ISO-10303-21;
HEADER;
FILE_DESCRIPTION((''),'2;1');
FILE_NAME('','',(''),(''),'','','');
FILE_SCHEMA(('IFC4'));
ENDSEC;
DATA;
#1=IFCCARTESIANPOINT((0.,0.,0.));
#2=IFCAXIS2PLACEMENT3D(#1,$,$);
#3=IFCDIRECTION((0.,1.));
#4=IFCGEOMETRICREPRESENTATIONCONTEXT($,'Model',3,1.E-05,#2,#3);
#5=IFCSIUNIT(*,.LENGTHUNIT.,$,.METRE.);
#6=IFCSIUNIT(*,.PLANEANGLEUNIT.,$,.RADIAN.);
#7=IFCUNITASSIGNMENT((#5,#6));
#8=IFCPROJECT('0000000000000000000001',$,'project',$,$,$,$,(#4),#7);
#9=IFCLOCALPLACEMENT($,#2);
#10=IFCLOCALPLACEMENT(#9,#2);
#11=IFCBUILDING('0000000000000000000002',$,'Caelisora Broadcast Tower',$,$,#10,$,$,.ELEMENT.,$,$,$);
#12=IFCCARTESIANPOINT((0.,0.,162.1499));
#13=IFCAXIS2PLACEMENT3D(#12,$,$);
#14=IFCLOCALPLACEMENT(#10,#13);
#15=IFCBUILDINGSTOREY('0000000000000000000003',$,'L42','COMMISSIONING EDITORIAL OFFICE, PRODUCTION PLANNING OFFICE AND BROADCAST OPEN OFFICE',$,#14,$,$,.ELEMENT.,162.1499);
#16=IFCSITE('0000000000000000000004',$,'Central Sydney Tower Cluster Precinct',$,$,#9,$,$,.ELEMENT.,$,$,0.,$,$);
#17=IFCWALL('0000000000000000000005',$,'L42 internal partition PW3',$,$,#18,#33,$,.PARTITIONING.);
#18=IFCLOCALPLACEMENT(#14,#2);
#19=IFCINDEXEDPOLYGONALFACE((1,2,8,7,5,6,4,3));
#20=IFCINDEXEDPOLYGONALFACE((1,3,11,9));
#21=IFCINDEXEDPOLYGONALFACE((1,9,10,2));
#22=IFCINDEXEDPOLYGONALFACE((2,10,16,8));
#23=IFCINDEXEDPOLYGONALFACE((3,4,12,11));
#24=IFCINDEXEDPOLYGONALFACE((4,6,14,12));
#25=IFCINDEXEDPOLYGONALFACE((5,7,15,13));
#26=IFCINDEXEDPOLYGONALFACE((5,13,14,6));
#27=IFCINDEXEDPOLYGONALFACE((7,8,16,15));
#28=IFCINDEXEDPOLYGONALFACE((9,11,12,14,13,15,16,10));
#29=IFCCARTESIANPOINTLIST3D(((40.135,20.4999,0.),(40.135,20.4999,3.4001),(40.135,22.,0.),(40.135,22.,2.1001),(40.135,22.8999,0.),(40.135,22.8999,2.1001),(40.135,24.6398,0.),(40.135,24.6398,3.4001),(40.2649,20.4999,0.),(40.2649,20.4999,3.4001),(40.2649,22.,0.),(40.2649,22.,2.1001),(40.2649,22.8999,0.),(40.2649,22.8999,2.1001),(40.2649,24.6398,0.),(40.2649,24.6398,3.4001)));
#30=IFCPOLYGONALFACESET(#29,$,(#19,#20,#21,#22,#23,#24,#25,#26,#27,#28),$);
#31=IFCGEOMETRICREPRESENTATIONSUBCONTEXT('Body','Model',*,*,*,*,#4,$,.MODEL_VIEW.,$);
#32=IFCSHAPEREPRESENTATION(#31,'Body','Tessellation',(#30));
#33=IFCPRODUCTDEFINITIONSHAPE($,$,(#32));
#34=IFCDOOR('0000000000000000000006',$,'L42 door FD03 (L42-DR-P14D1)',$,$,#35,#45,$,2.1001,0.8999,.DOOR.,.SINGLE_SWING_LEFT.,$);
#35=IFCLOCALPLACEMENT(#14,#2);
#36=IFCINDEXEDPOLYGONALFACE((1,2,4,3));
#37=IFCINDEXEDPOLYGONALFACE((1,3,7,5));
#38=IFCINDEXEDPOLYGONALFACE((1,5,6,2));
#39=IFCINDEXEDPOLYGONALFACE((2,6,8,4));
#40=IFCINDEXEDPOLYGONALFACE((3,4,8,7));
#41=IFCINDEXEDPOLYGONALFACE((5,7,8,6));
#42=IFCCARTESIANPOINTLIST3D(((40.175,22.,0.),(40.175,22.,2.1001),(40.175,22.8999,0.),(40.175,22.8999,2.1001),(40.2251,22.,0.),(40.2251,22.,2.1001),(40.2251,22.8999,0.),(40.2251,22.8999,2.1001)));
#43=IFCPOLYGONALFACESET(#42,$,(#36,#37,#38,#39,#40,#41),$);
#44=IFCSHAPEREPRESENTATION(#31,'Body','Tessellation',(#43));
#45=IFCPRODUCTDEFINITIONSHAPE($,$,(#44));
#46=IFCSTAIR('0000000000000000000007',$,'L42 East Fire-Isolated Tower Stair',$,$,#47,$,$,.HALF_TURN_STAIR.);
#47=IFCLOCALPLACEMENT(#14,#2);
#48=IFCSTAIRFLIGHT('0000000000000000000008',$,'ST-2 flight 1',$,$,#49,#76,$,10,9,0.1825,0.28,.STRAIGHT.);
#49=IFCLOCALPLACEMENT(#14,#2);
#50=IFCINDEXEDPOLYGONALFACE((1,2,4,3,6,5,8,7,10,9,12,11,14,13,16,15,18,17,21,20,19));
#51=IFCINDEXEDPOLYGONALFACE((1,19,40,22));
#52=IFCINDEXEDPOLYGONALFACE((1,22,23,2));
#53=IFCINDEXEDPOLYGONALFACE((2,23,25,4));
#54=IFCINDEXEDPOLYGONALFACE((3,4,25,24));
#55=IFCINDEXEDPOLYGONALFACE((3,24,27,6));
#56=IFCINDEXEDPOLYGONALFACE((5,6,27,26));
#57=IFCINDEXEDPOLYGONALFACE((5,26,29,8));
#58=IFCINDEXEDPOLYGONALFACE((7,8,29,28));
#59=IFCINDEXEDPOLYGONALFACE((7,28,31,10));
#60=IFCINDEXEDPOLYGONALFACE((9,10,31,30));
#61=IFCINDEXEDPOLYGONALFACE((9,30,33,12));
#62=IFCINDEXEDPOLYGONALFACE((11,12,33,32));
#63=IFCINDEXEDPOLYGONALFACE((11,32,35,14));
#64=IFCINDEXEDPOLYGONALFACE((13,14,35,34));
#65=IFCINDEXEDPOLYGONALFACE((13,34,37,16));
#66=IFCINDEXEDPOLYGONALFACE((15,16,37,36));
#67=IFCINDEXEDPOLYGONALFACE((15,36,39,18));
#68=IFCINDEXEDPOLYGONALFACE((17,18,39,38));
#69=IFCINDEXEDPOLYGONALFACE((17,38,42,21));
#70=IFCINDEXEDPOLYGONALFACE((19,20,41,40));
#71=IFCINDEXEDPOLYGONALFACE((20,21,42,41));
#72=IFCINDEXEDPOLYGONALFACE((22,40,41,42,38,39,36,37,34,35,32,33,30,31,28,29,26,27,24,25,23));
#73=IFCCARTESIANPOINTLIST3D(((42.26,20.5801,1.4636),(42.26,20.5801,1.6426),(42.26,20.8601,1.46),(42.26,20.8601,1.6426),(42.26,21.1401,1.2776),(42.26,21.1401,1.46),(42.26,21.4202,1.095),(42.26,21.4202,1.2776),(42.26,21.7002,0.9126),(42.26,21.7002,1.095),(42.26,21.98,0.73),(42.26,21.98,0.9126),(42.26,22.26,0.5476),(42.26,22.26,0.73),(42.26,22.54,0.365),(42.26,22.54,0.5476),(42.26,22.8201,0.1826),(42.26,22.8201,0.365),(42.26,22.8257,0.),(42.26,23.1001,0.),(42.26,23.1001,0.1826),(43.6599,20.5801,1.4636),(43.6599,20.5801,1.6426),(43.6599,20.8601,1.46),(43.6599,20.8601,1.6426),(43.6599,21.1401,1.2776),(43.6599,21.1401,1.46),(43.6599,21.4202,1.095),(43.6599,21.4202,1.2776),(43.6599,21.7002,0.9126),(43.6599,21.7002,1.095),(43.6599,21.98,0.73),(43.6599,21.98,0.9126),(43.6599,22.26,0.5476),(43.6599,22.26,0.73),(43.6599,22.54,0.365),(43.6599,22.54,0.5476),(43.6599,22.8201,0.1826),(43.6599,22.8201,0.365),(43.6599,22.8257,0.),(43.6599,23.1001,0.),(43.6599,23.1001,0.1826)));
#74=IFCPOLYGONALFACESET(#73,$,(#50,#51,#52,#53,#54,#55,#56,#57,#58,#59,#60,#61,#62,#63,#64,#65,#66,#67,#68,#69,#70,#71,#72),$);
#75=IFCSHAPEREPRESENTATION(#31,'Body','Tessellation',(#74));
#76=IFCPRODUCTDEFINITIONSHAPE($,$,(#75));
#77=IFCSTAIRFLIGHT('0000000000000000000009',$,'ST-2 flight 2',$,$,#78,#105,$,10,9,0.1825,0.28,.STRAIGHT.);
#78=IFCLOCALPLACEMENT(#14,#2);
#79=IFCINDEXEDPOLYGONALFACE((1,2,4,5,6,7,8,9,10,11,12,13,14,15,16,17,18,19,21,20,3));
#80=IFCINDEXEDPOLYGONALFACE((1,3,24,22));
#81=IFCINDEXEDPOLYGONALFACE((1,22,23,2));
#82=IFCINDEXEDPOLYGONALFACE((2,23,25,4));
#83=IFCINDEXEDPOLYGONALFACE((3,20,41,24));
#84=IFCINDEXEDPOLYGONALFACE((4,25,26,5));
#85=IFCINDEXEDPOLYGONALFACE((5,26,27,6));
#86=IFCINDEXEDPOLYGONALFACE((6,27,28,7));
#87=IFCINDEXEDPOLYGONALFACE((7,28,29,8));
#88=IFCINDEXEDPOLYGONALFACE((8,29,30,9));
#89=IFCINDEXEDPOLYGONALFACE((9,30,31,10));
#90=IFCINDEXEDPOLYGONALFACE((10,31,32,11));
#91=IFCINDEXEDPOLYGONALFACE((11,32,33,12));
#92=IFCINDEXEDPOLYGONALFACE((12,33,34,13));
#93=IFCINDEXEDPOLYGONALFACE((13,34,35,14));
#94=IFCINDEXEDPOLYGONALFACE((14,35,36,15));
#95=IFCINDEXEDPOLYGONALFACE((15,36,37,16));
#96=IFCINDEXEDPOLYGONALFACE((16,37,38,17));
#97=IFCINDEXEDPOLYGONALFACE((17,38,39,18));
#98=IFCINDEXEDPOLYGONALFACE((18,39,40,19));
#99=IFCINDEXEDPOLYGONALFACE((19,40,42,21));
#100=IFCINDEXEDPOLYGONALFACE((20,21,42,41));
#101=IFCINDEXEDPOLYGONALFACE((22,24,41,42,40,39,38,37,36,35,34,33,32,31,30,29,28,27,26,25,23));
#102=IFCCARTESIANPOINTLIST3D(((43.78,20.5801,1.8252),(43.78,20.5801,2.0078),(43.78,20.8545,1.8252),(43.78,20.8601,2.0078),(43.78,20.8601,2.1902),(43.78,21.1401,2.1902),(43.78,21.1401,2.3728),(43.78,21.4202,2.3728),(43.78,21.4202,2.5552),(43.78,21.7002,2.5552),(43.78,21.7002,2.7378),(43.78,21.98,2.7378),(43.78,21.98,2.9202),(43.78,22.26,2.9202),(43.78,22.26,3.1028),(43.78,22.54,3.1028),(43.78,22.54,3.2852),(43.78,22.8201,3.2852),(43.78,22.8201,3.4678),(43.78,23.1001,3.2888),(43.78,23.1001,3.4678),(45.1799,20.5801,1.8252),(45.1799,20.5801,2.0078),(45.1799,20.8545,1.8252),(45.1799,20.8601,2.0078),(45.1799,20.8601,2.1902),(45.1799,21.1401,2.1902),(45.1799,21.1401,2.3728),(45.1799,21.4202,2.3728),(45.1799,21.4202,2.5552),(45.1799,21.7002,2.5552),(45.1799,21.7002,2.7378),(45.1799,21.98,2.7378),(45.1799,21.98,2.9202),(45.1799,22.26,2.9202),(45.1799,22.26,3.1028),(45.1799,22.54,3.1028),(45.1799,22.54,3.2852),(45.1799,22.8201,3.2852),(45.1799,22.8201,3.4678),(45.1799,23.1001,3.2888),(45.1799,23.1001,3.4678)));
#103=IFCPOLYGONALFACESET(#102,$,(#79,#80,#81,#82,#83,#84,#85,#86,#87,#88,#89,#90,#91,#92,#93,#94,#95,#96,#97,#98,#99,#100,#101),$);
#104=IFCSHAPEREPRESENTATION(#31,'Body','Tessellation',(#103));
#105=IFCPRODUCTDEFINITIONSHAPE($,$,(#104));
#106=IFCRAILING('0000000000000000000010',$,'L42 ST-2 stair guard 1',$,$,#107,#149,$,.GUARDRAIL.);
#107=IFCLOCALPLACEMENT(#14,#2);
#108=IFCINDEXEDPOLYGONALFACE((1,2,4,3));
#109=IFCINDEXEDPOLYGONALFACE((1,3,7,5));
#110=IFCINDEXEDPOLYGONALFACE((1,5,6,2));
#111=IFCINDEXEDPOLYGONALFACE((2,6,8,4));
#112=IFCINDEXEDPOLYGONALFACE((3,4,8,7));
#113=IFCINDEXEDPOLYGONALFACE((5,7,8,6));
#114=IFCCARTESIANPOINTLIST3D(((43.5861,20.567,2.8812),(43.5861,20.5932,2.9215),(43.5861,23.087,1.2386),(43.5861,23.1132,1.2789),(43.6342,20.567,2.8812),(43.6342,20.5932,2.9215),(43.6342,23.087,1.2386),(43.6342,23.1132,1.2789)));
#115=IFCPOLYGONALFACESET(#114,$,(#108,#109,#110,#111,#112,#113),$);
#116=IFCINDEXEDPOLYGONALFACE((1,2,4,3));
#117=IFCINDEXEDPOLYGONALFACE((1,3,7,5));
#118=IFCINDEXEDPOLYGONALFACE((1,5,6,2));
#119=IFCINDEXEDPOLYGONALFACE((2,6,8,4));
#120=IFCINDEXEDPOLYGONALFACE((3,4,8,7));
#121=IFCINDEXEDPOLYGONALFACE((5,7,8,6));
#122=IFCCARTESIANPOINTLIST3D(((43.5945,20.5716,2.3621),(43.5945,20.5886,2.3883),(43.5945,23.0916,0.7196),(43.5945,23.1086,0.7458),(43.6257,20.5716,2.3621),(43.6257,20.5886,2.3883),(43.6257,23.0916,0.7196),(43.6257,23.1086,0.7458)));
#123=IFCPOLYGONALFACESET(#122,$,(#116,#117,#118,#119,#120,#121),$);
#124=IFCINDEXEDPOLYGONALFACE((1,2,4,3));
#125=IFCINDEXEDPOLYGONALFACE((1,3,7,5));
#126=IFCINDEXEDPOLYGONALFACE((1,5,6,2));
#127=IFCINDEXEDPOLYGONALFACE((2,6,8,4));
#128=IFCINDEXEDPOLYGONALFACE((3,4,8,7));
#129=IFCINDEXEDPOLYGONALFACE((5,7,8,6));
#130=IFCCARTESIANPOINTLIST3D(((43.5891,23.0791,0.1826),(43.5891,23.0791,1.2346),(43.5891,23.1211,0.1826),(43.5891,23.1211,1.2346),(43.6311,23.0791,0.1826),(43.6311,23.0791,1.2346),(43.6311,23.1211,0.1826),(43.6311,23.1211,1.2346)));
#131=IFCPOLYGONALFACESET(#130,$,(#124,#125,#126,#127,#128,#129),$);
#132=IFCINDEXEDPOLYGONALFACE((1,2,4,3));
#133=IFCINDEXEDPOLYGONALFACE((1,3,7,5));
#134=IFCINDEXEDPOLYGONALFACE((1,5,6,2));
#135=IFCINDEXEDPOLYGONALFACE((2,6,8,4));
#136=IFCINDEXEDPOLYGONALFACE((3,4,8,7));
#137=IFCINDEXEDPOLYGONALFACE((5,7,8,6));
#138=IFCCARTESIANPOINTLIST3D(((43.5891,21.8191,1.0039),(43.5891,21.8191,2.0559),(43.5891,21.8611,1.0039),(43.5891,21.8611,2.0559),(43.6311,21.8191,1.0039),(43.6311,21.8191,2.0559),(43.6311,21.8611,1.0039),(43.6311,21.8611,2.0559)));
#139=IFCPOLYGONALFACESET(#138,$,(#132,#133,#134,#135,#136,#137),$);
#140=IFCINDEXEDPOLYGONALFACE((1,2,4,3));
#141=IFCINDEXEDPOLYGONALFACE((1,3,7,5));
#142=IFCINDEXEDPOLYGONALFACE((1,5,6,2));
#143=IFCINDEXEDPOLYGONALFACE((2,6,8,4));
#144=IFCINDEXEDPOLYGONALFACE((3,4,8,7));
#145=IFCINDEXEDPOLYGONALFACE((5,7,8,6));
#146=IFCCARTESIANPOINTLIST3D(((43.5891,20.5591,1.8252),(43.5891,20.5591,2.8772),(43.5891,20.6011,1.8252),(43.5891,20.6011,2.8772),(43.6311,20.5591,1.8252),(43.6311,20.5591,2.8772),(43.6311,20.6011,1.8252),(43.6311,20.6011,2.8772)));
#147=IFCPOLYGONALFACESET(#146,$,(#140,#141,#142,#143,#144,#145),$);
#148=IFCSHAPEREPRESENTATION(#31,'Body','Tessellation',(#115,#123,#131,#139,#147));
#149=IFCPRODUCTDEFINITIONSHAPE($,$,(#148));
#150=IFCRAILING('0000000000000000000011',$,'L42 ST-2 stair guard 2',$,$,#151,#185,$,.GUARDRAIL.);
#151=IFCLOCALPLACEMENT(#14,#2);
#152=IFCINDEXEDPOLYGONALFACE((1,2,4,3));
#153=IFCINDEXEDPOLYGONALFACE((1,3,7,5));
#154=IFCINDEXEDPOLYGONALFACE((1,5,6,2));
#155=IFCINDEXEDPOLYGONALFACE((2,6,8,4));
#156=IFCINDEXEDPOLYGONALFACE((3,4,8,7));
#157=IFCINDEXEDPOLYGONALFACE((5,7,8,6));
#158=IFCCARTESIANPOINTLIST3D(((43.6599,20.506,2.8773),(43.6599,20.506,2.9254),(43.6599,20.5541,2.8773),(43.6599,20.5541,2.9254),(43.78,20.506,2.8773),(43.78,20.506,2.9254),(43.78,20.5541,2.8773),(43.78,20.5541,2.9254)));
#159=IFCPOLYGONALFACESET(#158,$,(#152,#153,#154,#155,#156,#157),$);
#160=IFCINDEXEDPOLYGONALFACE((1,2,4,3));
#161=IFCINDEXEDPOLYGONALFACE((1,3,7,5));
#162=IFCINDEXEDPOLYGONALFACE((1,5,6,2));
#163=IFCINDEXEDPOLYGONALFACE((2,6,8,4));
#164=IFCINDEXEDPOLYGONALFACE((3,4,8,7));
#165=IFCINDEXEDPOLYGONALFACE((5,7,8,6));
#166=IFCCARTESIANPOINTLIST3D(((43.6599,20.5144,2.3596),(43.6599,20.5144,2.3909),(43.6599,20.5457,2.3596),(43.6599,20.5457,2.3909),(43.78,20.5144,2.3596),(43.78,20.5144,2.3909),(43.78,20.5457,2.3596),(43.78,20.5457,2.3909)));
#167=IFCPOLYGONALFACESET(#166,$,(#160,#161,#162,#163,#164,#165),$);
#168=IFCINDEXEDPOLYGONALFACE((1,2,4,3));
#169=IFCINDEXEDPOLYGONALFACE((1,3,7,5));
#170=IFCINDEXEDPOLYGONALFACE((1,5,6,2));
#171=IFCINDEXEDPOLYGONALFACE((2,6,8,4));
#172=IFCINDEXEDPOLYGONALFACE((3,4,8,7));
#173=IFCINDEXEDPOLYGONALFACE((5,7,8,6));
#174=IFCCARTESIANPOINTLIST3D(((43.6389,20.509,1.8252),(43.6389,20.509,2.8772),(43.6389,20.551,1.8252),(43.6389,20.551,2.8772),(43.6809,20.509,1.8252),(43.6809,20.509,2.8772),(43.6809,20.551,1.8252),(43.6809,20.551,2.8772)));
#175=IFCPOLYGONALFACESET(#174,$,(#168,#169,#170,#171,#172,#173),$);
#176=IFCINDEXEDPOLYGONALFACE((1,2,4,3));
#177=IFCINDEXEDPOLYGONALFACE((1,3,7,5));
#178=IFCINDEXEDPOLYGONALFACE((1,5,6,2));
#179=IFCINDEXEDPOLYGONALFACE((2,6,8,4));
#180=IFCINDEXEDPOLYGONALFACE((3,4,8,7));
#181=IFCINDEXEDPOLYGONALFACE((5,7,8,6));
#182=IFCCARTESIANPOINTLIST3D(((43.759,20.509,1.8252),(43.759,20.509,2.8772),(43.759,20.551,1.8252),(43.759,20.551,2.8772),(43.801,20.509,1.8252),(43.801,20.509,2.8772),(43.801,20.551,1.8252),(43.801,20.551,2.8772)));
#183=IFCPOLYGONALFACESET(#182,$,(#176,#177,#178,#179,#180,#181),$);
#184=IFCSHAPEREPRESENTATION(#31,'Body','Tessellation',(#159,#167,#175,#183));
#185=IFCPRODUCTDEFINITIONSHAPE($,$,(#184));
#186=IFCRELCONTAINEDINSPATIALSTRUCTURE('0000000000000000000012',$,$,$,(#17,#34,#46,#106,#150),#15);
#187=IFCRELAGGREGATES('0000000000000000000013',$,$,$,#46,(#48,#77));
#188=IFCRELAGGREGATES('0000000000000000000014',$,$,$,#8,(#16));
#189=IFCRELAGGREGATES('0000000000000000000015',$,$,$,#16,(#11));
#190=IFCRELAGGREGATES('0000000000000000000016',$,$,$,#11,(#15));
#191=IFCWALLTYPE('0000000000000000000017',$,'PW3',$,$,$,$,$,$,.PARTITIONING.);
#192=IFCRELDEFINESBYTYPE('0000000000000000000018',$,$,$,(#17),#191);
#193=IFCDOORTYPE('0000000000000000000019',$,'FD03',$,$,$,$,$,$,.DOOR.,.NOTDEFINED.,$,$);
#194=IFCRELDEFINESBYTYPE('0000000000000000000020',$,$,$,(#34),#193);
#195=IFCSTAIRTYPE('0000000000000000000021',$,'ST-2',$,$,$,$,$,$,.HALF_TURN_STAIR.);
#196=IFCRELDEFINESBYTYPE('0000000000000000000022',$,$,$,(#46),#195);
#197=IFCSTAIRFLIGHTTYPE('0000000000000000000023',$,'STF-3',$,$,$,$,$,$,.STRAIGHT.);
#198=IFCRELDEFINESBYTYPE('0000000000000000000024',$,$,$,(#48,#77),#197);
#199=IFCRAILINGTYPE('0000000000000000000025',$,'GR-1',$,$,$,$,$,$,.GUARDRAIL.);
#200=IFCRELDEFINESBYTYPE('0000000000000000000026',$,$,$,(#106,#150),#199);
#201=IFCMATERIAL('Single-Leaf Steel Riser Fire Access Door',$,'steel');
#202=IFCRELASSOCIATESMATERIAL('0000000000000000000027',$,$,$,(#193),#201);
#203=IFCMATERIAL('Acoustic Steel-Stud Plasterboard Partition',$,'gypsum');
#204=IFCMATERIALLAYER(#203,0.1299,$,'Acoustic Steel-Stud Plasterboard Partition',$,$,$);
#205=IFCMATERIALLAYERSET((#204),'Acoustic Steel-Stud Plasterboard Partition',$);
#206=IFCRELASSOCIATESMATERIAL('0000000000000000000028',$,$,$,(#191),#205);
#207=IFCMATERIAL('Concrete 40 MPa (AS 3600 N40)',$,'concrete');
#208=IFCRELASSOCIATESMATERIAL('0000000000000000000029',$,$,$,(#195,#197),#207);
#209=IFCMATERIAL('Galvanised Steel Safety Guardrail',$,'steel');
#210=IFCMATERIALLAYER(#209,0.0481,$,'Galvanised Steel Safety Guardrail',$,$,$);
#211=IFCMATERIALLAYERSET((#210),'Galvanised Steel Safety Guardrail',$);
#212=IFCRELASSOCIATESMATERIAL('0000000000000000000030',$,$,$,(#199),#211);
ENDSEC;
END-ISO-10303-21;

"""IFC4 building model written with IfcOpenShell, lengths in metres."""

from ifc_helpers import new_model, si_unit, direction, frame, frame_2d, origin, origin_2d, place, context, subcontext, project, spatial, polyline, rectangle, outline, extrude, material, layer, layer_set, type_object, element, fill, aggregate, save


model = new_model("IFC4")

# Units and contexts
model_context = context("Model", 3, precision=1e-05, world=origin(), true_north=direction((0.0, 1.0)))
body_context = subcontext(model_context, "Body", "Model", "MODEL_VIEW")
ifc_project = project(units=[si_unit("LENGTHUNIT", "METRE"), si_unit("PLANEANGLEUNIT", "RADIAN")], contexts=[model_context])

# Site, building, storey
site_placement = place(None, origin())
site = spatial("IfcSite", under=ifc_project, at=site_placement, Name="Central Sydney Tower Cluster Precinct", CompositionType="ELEMENT", RefElevation=0.0)
building_placement = place(site_placement, origin())
building = spatial("IfcBuilding", under=site, at=building_placement, Name="Caelisora Broadcast Tower", CompositionType="ELEMENT")
storey_placement = place(building_placement, frame((0.0, 0.0, 162.1499)))
storey = spatial("IfcBuildingStorey", under=building, at=storey_placement, Name="L42", Description="COMMISSIONING EDITORIAL OFFICE, PRODUCTION PLANNING OFFICE AND BROADCAST OPEN OFFICE", CompositionType="ELEMENT", Elevation=162.1499)

# Shared definitions
ifc_material_1 = material(Name="Single-Leaf Steel Riser Fire Access Door", Category="steel")
door_type_1 = type_object("IfcDoorType", Name="FD03", OperationType="NOTDEFINED", PredefinedType="DOOR", material=ifc_material_1)

# Shared definitions
ifc_material_2 = material(Name="Acoustic Steel-Stud Plasterboard Partition", Category="gypsum")
ifc_layer_1 = layer(ifc_material_2, 0.1299, Name="Acoustic Steel-Stud Plasterboard Partition")
ifc_layer_set_1 = layer_set([ifc_layer_1], Name="Acoustic Steel-Stud Plasterboard Partition")
wall_type_1 = type_object("IfcWallType", Name="PW3", PredefinedType="PARTITIONING", material=ifc_layer_set_1)

# Wall, opening, door
wall_1_placement = place(storey_placement, frame((40.2, 20.5, 0.0), z_axis=(0.0, 0.0, 1.0), x_axis=(0.0, 1.0, 0.0)))
wall_1 = element("IfcWall", 1, at=wall_1_placement, inside=storey, type_object=wall_type_1, Name="L42 internal partition PW3", PredefinedType="PARTITIONING", context=body_context, shape_type="SweptSolid", body=[
    extrude(rectangle(XDim=4.1399, YDim=0.1299, at=frame_2d((2.0698, 0.0))), origin(), (0.0, 0.0, 1.0), 3.4001),
])
opening_1_placement = place(wall_1_placement, frame((1.5, 0.0, 0.0)))
opening_1 = element("IfcOpeningElement", 2, at=opening_1_placement, cuts=wall_1, PredefinedType="OPENING", context=body_context, shape_type="SweptSolid", body=[
    extrude(rectangle(XDim=0.8999, YDim=2.1001, at=frame_2d((0.45, 1.05))), frame((0.0, 0.0769, 0.0), z_axis=(0.0, -1.0, 0.0), x_axis=(1.0, 0.0, 0.0)), (0.0, 0.0, 1.0), 0.1538),
])
door_1_placement = place(opening_1_placement, origin())
door_1 = element("IfcDoor", 3, at=door_1_placement, inside=storey, type_object=door_type_1, Name="L42 door FD03 (L42-DR-P14D1)", OperationType="SINGLE_SWING_LEFT", OverallHeight=2.1001, OverallWidth=0.8999, PredefinedType="DOOR", context=body_context, shape_type="SweptSolid", body=[
    extrude(rectangle(XDim=0.8999, YDim=2.1001, at=frame_2d((0.45, 1.05))), frame((0.0, 0.0249, 0.0), z_axis=(0.0, -1.0, 0.0), x_axis=(1.0, 0.0, 0.0)), (0.0, 0.0, 1.0), 0.05),
])
fill(opening_1, door_1)

# Stair, stair flights
ifc_material_3 = material(Name="Concrete 40 MPa (AS 3600 N40)", Category="concrete")
stair_type = type_object("IfcStairType", Name="ST-2", PredefinedType="HALF_TURN_STAIR", material=ifc_material_3)
stair_placement = place(storey_placement, origin())
stair = element("IfcStair", 4, at=stair_placement, inside=storey, type_object=stair_type, Name="L42 East Fire-Isolated Tower Stair", PredefinedType="HALF_TURN_STAIR")
stair_flight_type = type_object("IfcStairFlightType", Name="STF-3", PredefinedType="STRAIGHT", material=ifc_material_3)
stair_flight_1_placement = place(storey_placement, frame((42.96, 23.1001, 0.0), z_axis=(0.0, 0.0, 1.0), x_axis=(0.0, -1.0, 0.0)))
stair_flight_1 = element("IfcStairFlight", 5, at=stair_flight_1_placement, type_object=stair_flight_type, Name="ST-2 flight 1", NumberOfRisers=10, NumberOfTreads=9, PredefinedType="STRAIGHT", RiserHeight=0.1825, TreadLength=0.28, context=body_context, shape_type="SweptSolid", body=[
    extrude(outline(polyline([(0.0, 0.0), (0.0, 0.1826), (0.28, 0.1826), (0.28, 0.365), (0.5601, 0.365), (0.5601, 0.5476), (0.8401, 0.5476), (0.8401, 0.73), (1.1201, 0.73), (1.1201, 0.9126), (1.3999, 0.9126), (1.3999, 1.095), (1.6799, 1.095), (1.6799, 1.2776), (1.96, 1.2776), (1.96, 1.46), (2.24, 1.46), (2.24, 1.6426), (2.52, 1.6426), (2.52, 1.825), (2.52, 1.4636), (0.2744, 0.0), (0.0, 0.0)])), frame((0.0, 0.7, 0.0), z_axis=(0.0, -1.0, 0.0), x_axis=(1.0, 0.0, 0.0)), (0.0, 0.0, 1.0), 1.3999),
])
stair_flight_2_placement = place(storey_placement, frame((44.48, 20.5801, 1.8252), z_axis=(0.0, 0.0, 1.0), x_axis=(0.0, 1.0, 0.0)))
stair_flight_2 = element("IfcStairFlight", 6, at=stair_flight_2_placement, type_object=stair_flight_type, Name="ST-2 flight 2", NumberOfRisers=10, NumberOfTreads=9, PredefinedType="STRAIGHT", RiserHeight=0.1825, TreadLength=0.28, context=body_context, shape_type="SweptSolid", body=[
    extrude(outline(polyline([(0.0, 0.0), (0.0, 0.1826), (0.28, 0.1826), (0.28, 0.365), (0.5601, 0.365), (0.5601, 0.5476), (0.8401, 0.5476), (0.8401, 0.73), (1.1201, 0.73), (1.1201, 0.9126), (1.3999, 0.9126), (1.3999, 1.095), (1.6799, 1.095), (1.6799, 1.2776), (1.96, 1.2776), (1.96, 1.46), (2.24, 1.46), (2.24, 1.6426), (2.52, 1.6426), (2.52, 1.825), (2.52, 1.4636), (0.2744, 0.0), (0.0, 0.0)])), frame((0.0, 0.7, 0.0), z_axis=(0.0, -1.0, 0.0), x_axis=(1.0, 0.0, 0.0)), (0.0, 0.0, 1.0), 1.3999),
])
aggregate(stair, [stair_flight_1, stair_flight_2])

# Railings
ifc_material_4 = material(Name="Galvanised Steel Safety Guardrail", Category="steel")
ifc_layer_2 = layer(ifc_material_4, 0.0481, Name="Galvanised Steel Safety Guardrail")
ifc_layer_set_2 = layer_set([ifc_layer_2], Name="Galvanised Steel Safety Guardrail")
railing_type_1 = type_object("IfcRailingType", Name="GR-1", PredefinedType="GUARDRAIL", material=ifc_layer_set_2)
railing_1_placement = place(storey_placement, frame((43.6101, 23.1001, 0.1826)))
element("IfcRailing", 7, at=railing_1_placement, inside=storey, type_object=railing_type_1, Name="L42 ST-2 stair guard 1", PredefinedType="GUARDRAIL", context=body_context, shape_type="SweptSolid", body=[
    extrude(rectangle(XDim=0.0481, YDim=0.0481, at=origin_2d()), frame((0.0, 0.0, 1.0762), z_axis=(0.0, -0.837749, 0.546055), x_axis=(1.0, 0.0, 0.0)), (0.0, 0.0, 1.0), 3.0081),
    extrude(rectangle(XDim=0.0312, YDim=0.0312, at=origin_2d()), frame((0.0, 0.0, 0.55), z_axis=(0.0, -0.837749, 0.546055), x_axis=(1.0, 0.0, 0.0)), (0.0, 0.0, 1.0), 3.0081),
    extrude(rectangle(XDim=0.042, YDim=0.042, at=origin_2d()), origin(), (0.0, 0.0, 1.0), 1.052),
    extrude(rectangle(XDim=0.042, YDim=0.042, at=origin_2d()), frame((0.0, -1.26, 0.8213)), (0.0, 0.0, 1.0), 1.052),
    extrude(rectangle(XDim=0.042, YDim=0.042, at=origin_2d()), frame((0.0, -2.52, 1.6426)), (0.0, 0.0, 1.0), 1.052),
])
railing_2_placement = place(storey_placement, frame((43.6599, 20.53, 1.8252)))
element("IfcRailing", 8, at=railing_2_placement, inside=storey, type_object=railing_type_1, Name="L42 ST-2 stair guard 2", PredefinedType="GUARDRAIL", context=body_context, shape_type="SweptSolid", body=[
    extrude(rectangle(XDim=0.0481, YDim=0.0481, at=origin_2d()), frame((0.0, 0.0, 1.0762), z_axis=(1.0, 0.0, 0.0), x_axis=(0.0, 1.0, 0.0)), (0.0, 0.0, 1.0), 0.1201),
    extrude(rectangle(XDim=0.0312, YDim=0.0312, at=origin_2d()), frame((0.0, 0.0, 0.55), z_axis=(1.0, 0.0, 0.0), x_axis=(0.0, 1.0, 0.0)), (0.0, 0.0, 1.0), 0.1201),
    extrude(rectangle(XDim=0.042, YDim=0.042, at=origin_2d()), origin(), (0.0, 0.0, 1.0), 1.052),
    extrude(rectangle(XDim=0.042, YDim=0.042, at=origin_2d()), frame((0.1201, 0.0, 0.0)), (0.0, 0.0, 1.0), 1.052),
])

save(model, "model.ifc")
